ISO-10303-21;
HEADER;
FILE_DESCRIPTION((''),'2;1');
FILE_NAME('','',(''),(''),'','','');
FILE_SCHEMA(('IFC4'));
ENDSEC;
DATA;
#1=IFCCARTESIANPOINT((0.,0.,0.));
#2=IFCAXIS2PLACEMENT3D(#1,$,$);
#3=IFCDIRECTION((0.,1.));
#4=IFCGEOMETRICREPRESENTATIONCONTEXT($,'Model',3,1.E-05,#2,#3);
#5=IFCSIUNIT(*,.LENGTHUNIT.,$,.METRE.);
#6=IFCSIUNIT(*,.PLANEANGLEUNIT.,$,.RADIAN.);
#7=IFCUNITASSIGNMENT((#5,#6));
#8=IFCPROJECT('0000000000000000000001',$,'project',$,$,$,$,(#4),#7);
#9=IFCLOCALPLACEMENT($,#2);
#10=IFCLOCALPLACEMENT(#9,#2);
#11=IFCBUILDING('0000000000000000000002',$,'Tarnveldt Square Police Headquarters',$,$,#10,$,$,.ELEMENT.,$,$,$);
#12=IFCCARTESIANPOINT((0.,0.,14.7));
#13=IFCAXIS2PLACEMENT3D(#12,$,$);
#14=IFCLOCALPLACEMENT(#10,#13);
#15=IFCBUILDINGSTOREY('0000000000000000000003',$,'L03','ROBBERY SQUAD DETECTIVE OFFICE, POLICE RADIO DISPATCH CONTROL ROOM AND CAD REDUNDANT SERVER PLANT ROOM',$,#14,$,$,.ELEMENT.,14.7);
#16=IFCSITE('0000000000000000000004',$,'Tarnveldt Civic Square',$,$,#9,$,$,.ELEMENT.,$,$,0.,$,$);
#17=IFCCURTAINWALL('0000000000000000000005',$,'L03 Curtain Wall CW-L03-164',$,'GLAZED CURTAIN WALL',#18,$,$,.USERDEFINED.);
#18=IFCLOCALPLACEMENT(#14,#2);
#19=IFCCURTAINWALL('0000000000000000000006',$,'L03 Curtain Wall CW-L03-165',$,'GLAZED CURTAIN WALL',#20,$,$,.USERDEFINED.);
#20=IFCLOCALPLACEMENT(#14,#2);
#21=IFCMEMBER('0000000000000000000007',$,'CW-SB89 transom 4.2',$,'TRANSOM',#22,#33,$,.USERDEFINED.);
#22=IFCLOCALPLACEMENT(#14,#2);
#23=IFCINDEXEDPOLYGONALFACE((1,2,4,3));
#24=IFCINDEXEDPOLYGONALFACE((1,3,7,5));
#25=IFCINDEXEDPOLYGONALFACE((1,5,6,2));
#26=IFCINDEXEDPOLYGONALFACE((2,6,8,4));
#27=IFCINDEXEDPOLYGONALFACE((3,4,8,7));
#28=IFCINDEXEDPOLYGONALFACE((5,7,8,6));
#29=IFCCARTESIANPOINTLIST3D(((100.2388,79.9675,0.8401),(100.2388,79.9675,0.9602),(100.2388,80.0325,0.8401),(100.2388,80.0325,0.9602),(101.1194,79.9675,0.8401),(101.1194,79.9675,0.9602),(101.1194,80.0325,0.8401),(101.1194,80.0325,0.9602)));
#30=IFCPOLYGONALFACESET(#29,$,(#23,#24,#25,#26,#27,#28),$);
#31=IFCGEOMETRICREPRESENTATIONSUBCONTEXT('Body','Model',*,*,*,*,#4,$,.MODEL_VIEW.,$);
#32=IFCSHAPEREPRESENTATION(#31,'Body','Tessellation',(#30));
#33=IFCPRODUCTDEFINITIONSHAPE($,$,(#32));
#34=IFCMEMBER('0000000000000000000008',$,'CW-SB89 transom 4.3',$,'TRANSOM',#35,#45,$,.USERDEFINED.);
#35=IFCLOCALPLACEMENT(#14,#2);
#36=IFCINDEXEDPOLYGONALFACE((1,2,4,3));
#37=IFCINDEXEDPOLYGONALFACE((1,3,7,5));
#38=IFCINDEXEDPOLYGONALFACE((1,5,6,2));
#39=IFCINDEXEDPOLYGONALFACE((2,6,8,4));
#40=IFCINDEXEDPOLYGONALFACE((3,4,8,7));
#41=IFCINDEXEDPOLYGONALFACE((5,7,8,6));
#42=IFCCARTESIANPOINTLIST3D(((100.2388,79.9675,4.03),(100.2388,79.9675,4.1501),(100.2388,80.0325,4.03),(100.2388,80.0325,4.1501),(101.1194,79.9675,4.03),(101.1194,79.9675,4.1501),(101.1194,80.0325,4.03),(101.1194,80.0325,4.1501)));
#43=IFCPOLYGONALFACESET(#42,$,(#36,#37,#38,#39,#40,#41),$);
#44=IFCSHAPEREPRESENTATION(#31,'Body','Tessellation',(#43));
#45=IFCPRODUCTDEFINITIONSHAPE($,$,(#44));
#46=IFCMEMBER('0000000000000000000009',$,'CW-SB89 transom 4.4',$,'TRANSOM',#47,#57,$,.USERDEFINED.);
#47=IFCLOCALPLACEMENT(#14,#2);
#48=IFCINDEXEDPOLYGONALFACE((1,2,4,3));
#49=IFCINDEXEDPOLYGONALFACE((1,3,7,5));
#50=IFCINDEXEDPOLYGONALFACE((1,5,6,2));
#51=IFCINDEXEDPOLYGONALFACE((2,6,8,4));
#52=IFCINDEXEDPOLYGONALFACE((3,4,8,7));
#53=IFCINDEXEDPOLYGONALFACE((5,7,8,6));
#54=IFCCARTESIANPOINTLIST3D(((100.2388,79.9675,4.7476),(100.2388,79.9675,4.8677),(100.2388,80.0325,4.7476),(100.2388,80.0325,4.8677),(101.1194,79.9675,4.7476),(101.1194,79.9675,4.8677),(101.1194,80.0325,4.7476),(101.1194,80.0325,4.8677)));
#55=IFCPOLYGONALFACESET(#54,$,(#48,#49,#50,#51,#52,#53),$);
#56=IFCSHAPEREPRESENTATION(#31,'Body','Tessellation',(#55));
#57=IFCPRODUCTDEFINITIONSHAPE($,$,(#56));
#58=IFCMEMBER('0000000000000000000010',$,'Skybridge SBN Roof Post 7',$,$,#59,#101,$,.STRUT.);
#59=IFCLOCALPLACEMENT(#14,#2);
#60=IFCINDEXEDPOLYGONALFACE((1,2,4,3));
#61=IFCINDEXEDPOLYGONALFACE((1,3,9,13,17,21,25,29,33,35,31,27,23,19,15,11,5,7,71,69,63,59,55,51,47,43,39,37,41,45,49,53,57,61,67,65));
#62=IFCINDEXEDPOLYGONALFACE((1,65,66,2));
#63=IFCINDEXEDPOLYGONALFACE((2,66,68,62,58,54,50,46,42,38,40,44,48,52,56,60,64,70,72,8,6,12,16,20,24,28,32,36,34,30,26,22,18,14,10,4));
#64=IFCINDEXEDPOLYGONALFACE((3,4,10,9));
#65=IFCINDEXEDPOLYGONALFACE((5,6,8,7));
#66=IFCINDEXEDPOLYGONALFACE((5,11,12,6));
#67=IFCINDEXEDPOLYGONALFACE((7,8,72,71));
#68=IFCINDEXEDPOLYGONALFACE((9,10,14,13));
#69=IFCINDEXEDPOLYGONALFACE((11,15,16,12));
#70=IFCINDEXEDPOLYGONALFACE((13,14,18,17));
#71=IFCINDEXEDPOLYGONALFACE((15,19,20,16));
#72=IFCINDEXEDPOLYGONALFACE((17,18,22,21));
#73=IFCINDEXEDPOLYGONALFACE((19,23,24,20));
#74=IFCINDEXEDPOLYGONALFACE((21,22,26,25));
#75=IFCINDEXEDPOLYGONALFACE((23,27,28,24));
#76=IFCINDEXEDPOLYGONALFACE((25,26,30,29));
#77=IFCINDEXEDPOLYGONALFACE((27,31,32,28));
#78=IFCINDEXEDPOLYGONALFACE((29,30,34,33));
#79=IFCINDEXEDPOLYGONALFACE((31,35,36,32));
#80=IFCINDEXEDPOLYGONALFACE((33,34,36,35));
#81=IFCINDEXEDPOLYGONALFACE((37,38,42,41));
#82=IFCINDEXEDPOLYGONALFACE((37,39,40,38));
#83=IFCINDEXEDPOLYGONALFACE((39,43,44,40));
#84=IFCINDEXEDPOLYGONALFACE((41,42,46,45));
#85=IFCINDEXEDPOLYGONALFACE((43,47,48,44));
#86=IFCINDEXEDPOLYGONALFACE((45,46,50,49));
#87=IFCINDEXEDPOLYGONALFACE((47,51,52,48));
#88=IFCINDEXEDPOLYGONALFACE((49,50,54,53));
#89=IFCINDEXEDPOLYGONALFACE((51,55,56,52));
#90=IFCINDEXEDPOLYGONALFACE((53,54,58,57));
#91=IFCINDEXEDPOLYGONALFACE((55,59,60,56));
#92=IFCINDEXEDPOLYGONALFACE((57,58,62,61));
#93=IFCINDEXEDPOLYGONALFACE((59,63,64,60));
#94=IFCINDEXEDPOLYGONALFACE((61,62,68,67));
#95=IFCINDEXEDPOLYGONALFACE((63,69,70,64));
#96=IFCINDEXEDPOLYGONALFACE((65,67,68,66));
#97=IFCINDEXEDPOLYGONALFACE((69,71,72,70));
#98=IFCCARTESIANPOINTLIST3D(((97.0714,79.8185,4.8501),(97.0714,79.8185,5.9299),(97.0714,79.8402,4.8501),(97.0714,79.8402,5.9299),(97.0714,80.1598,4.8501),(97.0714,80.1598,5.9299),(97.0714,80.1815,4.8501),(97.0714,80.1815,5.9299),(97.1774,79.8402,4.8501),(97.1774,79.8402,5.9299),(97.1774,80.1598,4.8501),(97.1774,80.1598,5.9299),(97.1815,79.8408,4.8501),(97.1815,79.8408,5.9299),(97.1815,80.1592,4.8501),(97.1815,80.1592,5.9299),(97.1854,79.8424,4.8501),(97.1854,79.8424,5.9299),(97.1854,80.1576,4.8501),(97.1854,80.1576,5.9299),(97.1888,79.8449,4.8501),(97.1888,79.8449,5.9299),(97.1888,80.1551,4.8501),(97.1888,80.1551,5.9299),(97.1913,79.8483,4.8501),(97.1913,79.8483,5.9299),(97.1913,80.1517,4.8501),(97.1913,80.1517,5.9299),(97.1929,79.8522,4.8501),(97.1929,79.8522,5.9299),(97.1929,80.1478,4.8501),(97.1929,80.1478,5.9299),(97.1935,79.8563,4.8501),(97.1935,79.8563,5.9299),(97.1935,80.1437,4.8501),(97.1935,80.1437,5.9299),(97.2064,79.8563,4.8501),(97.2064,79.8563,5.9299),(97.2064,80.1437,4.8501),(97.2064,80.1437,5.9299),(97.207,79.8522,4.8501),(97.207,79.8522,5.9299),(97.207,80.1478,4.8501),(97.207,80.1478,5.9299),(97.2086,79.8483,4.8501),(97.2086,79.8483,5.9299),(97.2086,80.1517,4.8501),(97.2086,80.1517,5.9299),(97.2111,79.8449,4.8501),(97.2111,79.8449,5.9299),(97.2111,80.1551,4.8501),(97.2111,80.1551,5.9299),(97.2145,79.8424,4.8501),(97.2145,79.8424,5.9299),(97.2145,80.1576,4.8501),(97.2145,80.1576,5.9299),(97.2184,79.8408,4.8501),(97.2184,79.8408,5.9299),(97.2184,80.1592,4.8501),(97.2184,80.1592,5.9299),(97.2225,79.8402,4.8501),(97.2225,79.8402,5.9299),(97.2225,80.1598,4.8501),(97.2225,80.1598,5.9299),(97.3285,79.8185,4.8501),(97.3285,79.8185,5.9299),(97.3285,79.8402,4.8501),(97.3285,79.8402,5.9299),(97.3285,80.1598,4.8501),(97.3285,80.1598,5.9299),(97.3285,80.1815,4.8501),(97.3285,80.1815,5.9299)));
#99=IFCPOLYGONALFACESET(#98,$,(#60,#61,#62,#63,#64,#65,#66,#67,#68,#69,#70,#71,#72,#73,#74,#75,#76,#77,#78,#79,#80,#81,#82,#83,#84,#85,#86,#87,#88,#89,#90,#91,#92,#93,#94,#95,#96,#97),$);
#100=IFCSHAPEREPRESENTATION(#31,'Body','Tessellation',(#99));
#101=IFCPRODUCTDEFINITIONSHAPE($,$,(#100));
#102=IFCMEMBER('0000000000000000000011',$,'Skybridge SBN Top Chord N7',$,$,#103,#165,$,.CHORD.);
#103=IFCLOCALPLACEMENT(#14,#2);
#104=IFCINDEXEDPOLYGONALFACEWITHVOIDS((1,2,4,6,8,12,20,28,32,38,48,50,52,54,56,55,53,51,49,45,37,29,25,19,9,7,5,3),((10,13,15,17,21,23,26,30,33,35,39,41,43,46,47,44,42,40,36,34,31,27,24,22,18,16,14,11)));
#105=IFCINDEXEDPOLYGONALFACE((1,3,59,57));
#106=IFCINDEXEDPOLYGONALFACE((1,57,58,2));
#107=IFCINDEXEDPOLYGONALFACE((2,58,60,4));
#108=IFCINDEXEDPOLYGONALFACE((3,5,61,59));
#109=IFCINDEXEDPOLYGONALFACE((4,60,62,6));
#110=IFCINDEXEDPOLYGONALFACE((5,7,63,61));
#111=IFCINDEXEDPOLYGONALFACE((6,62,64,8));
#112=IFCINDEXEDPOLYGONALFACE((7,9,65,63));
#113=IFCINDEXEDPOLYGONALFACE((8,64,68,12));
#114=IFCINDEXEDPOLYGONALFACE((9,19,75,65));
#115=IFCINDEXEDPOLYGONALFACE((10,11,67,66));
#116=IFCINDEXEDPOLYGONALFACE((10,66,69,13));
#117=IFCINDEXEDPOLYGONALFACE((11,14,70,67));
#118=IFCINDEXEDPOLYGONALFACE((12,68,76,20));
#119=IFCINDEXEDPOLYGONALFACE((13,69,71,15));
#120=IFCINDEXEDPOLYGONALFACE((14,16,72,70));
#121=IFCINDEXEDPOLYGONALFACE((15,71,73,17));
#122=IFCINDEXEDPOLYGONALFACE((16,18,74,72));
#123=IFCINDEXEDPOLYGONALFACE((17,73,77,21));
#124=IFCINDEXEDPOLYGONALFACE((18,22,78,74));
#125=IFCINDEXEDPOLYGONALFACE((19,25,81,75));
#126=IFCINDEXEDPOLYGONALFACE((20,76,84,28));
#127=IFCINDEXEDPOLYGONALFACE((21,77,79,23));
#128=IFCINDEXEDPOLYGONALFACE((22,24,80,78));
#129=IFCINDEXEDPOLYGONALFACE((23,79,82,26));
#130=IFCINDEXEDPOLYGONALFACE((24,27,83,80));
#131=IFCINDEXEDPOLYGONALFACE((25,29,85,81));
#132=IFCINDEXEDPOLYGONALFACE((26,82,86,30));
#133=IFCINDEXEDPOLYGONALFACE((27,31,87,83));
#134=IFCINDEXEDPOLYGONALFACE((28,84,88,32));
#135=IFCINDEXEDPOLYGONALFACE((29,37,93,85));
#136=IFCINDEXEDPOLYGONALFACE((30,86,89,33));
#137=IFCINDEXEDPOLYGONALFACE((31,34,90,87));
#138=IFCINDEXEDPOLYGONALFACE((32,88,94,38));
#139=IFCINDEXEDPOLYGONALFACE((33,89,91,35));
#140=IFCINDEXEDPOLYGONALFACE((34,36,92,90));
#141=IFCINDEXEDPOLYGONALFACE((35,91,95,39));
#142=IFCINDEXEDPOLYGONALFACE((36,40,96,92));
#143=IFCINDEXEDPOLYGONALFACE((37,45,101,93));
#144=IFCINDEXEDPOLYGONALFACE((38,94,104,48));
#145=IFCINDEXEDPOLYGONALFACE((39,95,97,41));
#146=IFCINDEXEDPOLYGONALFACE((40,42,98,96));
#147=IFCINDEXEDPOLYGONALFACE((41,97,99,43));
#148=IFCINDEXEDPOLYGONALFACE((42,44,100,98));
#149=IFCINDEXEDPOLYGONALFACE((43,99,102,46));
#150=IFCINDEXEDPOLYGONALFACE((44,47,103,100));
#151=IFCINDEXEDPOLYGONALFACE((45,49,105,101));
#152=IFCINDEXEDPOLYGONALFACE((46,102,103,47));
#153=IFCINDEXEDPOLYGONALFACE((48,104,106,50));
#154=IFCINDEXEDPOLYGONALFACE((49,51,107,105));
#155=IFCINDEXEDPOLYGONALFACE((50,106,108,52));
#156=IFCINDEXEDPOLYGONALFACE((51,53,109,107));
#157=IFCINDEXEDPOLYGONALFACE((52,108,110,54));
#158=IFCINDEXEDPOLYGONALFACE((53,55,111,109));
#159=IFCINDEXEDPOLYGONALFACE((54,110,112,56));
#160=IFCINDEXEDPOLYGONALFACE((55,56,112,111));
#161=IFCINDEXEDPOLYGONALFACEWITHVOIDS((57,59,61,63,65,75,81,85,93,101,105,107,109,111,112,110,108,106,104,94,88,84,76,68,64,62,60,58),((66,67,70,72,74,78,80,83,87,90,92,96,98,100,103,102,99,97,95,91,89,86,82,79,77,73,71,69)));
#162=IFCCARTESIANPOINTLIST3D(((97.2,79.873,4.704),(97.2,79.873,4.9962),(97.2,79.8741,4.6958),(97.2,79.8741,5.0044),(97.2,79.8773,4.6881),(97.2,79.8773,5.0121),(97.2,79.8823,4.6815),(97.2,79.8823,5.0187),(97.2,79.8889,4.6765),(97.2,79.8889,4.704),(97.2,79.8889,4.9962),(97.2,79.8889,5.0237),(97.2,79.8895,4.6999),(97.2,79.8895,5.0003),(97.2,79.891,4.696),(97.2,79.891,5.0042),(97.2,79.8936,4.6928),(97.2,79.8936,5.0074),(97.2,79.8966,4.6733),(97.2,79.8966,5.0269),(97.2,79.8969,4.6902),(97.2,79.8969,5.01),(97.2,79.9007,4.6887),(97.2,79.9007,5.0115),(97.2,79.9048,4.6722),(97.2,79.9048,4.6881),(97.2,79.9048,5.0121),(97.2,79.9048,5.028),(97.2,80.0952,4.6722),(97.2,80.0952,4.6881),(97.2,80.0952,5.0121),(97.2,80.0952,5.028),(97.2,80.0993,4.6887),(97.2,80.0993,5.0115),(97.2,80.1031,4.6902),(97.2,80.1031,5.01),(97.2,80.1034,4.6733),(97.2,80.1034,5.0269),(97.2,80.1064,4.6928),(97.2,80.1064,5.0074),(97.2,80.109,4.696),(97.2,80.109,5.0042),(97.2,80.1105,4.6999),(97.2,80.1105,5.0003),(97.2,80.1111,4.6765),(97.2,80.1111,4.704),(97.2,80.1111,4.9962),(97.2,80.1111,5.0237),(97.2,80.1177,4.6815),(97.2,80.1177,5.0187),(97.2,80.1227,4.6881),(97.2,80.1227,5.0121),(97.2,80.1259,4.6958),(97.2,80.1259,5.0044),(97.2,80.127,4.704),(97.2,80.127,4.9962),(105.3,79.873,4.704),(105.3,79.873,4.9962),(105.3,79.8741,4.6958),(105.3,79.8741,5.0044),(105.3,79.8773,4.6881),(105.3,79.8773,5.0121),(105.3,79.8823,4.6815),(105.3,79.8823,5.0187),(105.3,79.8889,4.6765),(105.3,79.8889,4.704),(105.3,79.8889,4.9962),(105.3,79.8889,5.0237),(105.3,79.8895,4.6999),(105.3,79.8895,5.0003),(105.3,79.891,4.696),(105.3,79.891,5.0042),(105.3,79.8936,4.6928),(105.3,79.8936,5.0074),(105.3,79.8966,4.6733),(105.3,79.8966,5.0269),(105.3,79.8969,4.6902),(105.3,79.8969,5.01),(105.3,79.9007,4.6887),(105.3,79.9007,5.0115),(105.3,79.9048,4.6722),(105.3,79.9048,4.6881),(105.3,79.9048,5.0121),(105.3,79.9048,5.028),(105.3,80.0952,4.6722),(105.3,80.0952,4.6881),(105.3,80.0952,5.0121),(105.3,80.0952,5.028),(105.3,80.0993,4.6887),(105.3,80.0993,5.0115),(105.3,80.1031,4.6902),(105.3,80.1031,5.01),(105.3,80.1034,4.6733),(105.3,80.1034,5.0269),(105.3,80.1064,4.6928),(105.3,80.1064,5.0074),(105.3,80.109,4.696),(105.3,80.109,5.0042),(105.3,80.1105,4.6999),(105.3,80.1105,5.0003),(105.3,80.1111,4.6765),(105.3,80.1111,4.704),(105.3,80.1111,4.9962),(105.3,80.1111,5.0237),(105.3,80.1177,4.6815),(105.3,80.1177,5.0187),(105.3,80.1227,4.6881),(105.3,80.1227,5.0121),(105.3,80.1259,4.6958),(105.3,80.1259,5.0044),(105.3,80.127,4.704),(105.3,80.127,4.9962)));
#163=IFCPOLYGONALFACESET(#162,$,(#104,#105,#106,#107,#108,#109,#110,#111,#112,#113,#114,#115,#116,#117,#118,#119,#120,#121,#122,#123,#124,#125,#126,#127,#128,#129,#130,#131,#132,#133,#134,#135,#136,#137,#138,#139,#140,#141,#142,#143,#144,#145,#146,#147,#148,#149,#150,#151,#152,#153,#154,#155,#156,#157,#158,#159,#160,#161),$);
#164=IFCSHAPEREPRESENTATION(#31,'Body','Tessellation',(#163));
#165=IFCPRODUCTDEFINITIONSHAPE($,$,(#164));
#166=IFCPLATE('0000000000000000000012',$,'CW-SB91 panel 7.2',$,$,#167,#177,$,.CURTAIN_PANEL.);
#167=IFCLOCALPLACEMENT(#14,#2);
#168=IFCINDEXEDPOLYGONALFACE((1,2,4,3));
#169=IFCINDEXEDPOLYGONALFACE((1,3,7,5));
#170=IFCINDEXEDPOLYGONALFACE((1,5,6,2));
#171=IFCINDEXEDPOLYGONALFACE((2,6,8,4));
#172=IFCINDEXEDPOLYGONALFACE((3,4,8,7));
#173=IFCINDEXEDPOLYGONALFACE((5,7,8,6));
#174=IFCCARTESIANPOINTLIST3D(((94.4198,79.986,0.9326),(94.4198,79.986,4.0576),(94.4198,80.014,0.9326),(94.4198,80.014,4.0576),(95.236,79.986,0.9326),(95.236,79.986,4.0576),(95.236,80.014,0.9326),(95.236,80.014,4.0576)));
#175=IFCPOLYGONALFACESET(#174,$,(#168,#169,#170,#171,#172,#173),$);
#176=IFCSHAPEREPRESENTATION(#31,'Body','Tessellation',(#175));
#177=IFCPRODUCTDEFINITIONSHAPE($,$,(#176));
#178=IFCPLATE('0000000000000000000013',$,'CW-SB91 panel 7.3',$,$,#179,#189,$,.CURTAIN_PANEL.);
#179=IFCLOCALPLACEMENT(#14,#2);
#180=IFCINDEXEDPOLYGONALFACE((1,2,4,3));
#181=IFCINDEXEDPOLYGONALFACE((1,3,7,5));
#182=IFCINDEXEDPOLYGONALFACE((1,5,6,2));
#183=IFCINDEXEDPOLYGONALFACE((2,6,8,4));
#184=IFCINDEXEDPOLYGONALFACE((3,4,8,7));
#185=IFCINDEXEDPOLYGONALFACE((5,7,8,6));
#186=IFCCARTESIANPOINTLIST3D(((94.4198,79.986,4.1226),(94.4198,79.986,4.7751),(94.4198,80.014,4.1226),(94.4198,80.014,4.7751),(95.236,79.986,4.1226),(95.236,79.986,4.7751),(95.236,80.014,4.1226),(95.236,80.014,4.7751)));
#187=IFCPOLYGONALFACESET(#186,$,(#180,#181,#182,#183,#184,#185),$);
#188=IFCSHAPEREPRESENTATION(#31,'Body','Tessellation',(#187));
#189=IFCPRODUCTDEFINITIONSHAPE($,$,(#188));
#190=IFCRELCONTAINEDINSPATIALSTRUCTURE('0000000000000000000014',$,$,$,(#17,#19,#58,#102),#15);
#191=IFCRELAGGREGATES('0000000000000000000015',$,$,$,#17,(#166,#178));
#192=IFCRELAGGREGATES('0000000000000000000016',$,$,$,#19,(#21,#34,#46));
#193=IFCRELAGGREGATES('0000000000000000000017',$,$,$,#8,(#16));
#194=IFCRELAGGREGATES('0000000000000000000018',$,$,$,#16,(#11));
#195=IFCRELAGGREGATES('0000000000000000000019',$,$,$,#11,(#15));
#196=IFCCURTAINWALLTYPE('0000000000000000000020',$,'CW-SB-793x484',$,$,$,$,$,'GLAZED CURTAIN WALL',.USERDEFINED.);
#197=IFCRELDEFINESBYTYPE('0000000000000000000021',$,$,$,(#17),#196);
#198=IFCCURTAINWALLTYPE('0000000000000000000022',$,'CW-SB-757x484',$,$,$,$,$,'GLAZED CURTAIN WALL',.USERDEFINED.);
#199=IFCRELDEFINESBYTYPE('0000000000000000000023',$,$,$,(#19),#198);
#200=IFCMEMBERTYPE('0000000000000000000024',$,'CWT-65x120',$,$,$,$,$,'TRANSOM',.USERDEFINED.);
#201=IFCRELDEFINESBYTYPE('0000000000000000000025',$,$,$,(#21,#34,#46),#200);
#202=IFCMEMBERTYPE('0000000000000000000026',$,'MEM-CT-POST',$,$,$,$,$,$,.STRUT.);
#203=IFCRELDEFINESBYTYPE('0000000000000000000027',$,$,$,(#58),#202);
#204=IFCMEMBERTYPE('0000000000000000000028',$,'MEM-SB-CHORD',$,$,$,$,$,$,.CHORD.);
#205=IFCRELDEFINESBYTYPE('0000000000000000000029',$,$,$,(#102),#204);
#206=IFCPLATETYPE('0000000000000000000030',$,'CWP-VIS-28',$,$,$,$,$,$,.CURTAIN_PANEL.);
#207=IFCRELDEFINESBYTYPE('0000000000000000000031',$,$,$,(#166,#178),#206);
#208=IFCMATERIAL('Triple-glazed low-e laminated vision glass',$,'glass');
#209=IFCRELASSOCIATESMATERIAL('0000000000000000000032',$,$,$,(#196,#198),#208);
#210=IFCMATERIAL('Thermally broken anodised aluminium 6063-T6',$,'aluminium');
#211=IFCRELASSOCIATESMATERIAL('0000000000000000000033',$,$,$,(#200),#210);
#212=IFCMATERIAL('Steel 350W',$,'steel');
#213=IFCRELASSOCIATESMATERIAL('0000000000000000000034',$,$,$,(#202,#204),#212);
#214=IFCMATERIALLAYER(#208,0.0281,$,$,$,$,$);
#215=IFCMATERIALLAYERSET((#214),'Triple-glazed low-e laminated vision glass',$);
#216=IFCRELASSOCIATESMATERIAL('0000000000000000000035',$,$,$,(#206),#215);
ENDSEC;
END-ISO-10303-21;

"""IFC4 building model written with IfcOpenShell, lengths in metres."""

from ifc_helpers import new_model, si_unit, direction, frame, origin, origin_2d, place, context, subcontext, project, spatial, rectangle, hollow_rectangle, i_section, extrude, material, layer, layer_set, material_profile, profile_set, type_object, element, aggregate, save


model = new_model("IFC4")

# Units and contexts
model_context = context("Model", 3, precision=1e-05, world=origin(), true_north=direction((0.0, 1.0)))
body_context = subcontext(model_context, "Body", "Model", "MODEL_VIEW")
ifc_project = project(units=[si_unit("LENGTHUNIT", "METRE"), si_unit("PLANEANGLEUNIT", "RADIAN")], contexts=[model_context])

# Site, building, storey
site_placement = place(None, origin())
site = spatial("IfcSite", under=ifc_project, at=site_placement, Name="Tarnveldt Civic Square", CompositionType="ELEMENT", RefElevation=0.0)
building_placement = place(site_placement, origin())
building = spatial("IfcBuilding", under=site, at=building_placement, Name="Tarnveldt Square Police Headquarters", CompositionType="ELEMENT")
storey_placement = place(building_placement, frame((0.0, 0.0, 14.7)))
storey = spatial("IfcBuildingStorey", under=building, at=storey_placement, Name="L03", Description="ROBBERY SQUAD DETECTIVE OFFICE, POLICE RADIO DISPATCH CONTROL ROOM AND CAD REDUNDANT SERVER PLANT ROOM", CompositionType="ELEMENT", Elevation=14.7)

# Shared definitions
ifc_material_1 = material(Name="Steel 350W", Category="steel")

# Curtain walls, members
ifc_material_2 = material(Name="Triple-glazed low-e laminated vision glass", Category="glass")
curtain_wall_type_1 = type_object("IfcCurtainWallType", Name="CW-SB-793x484", ElementType="GLAZED CURTAIN WALL", PredefinedType="USERDEFINED", material=ifc_material_2)
curtain_wall_1_placement = place(storey_placement, origin())
curtain_wall_1 = element("IfcCurtainWall", 1, at=curtain_wall_1_placement, inside=storey, type_object=curtain_wall_type_1, Name="L03 Curtain Wall CW-L03-164", ObjectType="GLAZED CURTAIN WALL", PredefinedType="USERDEFINED")
ifc_material_3 = material(Name="Thermally broken anodised aluminium 6063-T6", Category="aluminium")
ifc_material_profile_1 = material_profile(ifc_material_3, rectangle(XDim=0.0649, YDim=0.1201, at=origin_2d()), Name="CW-T65x120")
ifc_profile_set_1 = profile_set([ifc_material_profile_1], Name="Thermally broken anodised aluminium 6063-T6")
member_type_1 = type_object("IfcMemberType", Name="CWT-65x120", ElementType="TRANSOM", PredefinedType="USERDEFINED", material=ifc_profile_set_1)
curtain_wall_type_2 = type_object("IfcCurtainWallType", Name="CW-SB-757x484", ElementType="GLAZED CURTAIN WALL", PredefinedType="USERDEFINED", material=ifc_material_2)
curtain_wall_2_placement = place(storey_placement, origin())
curtain_wall_2 = element("IfcCurtainWall", 2, at=curtain_wall_2_placement, inside=storey, type_object=curtain_wall_type_2, Name="L03 Curtain Wall CW-L03-165", ObjectType="GLAZED CURTAIN WALL", PredefinedType="USERDEFINED")
member_1_placement = place(storey_placement, frame((100.2388, 80.0, 0.9001), z_axis=(1.0, 0.0, 0.0), x_axis=(0.0, 1.0, 0.0)))
member_1 = element("IfcMember", 3, at=member_1_placement, type_object=member_type_1, Name="CW-SB89 transom 4.2", ObjectType="TRANSOM", PredefinedType="USERDEFINED", context=body_context, shape_type="SweptSolid", body=[
    extrude(rectangle(XDim=0.0649, YDim=0.1201, at=origin_2d()), origin(), (0.0, 0.0, 1.0), 0.8806),
])
member_2_placement = place(storey_placement, frame((100.2388, 80.0, 4.0901), z_axis=(1.0, 0.0, 0.0), x_axis=(0.0, 1.0, 0.0)))
member_2 = element("IfcMember", 4, at=member_2_placement, type_object=member_type_1, Name="CW-SB89 transom 4.3", ObjectType="TRANSOM", PredefinedType="USERDEFINED", context=body_context, shape_type="SweptSolid", body=[
    extrude(rectangle(XDim=0.0649, YDim=0.1201, at=origin_2d()), origin(), (0.0, 0.0, 1.0), 0.8806),
])
member_3_placement = place(storey_placement, frame((100.2388, 80.0, 4.8076), z_axis=(1.0, 0.0, 0.0), x_axis=(0.0, 1.0, 0.0)))
member_3 = element("IfcMember", 5, at=member_3_placement, type_object=member_type_1, Name="CW-SB89 transom 4.4", ObjectType="TRANSOM", PredefinedType="USERDEFINED", context=body_context, shape_type="SweptSolid", body=[
    extrude(rectangle(XDim=0.0649, YDim=0.1201, at=origin_2d()), origin(), (0.0, 0.0, 1.0), 0.8806),
])

# Members
ifc_material_profile_2 = material_profile(ifc_material_1, i_section(OverallWidth=0.2571, OverallDepth=0.363, WebThickness=0.0129, FlangeThickness=0.0217, FilletRadius=0.0161, at=origin_2d()), Name="W360x122")
ifc_profile_set_2 = profile_set([ifc_material_profile_2], Name="Steel 350W")
member_type_2 = type_object("IfcMemberType", Name="MEM-CT-POST", PredefinedType="STRUT", material=ifc_profile_set_2)
member_4_placement = place(storey_placement, frame((97.2, 80.0, 4.8501), z_axis=(0.0, 0.0, 1.0), x_axis=(1.0, 0.0, 0.0)))
element("IfcMember", 6, at=member_4_placement, inside=storey, type_object=member_type_2, Name="Skybridge SBN Roof Post 7", PredefinedType="STRUT", context=body_context, shape_type="SweptSolid", body=[
    extrude(i_section(OverallWidth=0.2571, OverallDepth=0.363, WebThickness=0.0129, FlangeThickness=0.0217, FilletRadius=0.0161, at=origin_2d()), origin(), (0.0, 0.0, 1.0), 1.0798),
])
ifc_material_profile_3 = material_profile(ifc_material_1, hollow_rectangle(XDim=0.2539, YDim=0.3557, WallThickness=0.0159, InnerFilletRadius=0.0159, OuterFilletRadius=0.0317, at=origin_2d()), Name="HSS356x254x16")
ifc_profile_set_3 = profile_set([ifc_material_profile_3], Name="Steel 350W")
member_type_3 = type_object("IfcMemberType", Name="MEM-SB-CHORD", PredefinedType="CHORD", material=ifc_profile_set_3)
member_5_placement = place(storey_placement, frame((97.2, 80.0, 4.8501), z_axis=(1.0, 0.0, 0.0), x_axis=(0.0, 1.0, 0.0)))
element("IfcMember", 7, at=member_5_placement, inside=storey, type_object=member_type_3, Name="Skybridge SBN Top Chord N7", PredefinedType="CHORD", context=body_context, shape_type="SweptSolid", body=[
    extrude(hollow_rectangle(XDim=0.2539, YDim=0.3557, WallThickness=0.0159, InnerFilletRadius=0.0159, OuterFilletRadius=0.0317, at=origin_2d()), origin(), (0.0, 0.0, 1.0), 8.1001),
])

# Plates
ifc_layer = layer(ifc_material_2, 0.0281)
ifc_layer_set = layer_set([ifc_layer], Name="Triple-glazed low-e laminated vision glass")
plate_type = type_object("IfcPlateType", Name="CWP-VIS-28", PredefinedType="CURTAIN_PANEL", material=ifc_layer_set)
plate_1_placement = place(storey_placement, frame((94.8279, 80.0, 0.9326), z_axis=(0.0, 0.0, 1.0), x_axis=(1.0, 0.0, 0.0)))
plate_1 = element("IfcPlate", 8, at=plate_1_placement, type_object=plate_type, Name="CW-SB91 panel 7.2", PredefinedType="CURTAIN_PANEL", context=body_context, shape_type="SweptSolid", body=[
    extrude(rectangle(XDim=0.8162, YDim=0.0281, at=origin_2d()), origin(), (0.0, 0.0, 1.0), 3.125),
])
plate_2_placement = place(storey_placement, frame((94.8279, 80.0, 4.1226), z_axis=(0.0, 0.0, 1.0), x_axis=(1.0, 0.0, 0.0)))
plate_2 = element("IfcPlate", 9, at=plate_2_placement, type_object=plate_type, Name="CW-SB91 panel 7.3", PredefinedType="CURTAIN_PANEL", context=body_context, shape_type="SweptSolid", body=[
    extrude(rectangle(XDim=0.8162, YDim=0.0281, at=origin_2d()), origin(), (0.0, 0.0, 1.0), 0.6526),
])
aggregate(curtain_wall_1, [plate_1, plate_2])
aggregate(curtain_wall_2, [member_1, member_2, member_3])

save(model, "model.ifc")
